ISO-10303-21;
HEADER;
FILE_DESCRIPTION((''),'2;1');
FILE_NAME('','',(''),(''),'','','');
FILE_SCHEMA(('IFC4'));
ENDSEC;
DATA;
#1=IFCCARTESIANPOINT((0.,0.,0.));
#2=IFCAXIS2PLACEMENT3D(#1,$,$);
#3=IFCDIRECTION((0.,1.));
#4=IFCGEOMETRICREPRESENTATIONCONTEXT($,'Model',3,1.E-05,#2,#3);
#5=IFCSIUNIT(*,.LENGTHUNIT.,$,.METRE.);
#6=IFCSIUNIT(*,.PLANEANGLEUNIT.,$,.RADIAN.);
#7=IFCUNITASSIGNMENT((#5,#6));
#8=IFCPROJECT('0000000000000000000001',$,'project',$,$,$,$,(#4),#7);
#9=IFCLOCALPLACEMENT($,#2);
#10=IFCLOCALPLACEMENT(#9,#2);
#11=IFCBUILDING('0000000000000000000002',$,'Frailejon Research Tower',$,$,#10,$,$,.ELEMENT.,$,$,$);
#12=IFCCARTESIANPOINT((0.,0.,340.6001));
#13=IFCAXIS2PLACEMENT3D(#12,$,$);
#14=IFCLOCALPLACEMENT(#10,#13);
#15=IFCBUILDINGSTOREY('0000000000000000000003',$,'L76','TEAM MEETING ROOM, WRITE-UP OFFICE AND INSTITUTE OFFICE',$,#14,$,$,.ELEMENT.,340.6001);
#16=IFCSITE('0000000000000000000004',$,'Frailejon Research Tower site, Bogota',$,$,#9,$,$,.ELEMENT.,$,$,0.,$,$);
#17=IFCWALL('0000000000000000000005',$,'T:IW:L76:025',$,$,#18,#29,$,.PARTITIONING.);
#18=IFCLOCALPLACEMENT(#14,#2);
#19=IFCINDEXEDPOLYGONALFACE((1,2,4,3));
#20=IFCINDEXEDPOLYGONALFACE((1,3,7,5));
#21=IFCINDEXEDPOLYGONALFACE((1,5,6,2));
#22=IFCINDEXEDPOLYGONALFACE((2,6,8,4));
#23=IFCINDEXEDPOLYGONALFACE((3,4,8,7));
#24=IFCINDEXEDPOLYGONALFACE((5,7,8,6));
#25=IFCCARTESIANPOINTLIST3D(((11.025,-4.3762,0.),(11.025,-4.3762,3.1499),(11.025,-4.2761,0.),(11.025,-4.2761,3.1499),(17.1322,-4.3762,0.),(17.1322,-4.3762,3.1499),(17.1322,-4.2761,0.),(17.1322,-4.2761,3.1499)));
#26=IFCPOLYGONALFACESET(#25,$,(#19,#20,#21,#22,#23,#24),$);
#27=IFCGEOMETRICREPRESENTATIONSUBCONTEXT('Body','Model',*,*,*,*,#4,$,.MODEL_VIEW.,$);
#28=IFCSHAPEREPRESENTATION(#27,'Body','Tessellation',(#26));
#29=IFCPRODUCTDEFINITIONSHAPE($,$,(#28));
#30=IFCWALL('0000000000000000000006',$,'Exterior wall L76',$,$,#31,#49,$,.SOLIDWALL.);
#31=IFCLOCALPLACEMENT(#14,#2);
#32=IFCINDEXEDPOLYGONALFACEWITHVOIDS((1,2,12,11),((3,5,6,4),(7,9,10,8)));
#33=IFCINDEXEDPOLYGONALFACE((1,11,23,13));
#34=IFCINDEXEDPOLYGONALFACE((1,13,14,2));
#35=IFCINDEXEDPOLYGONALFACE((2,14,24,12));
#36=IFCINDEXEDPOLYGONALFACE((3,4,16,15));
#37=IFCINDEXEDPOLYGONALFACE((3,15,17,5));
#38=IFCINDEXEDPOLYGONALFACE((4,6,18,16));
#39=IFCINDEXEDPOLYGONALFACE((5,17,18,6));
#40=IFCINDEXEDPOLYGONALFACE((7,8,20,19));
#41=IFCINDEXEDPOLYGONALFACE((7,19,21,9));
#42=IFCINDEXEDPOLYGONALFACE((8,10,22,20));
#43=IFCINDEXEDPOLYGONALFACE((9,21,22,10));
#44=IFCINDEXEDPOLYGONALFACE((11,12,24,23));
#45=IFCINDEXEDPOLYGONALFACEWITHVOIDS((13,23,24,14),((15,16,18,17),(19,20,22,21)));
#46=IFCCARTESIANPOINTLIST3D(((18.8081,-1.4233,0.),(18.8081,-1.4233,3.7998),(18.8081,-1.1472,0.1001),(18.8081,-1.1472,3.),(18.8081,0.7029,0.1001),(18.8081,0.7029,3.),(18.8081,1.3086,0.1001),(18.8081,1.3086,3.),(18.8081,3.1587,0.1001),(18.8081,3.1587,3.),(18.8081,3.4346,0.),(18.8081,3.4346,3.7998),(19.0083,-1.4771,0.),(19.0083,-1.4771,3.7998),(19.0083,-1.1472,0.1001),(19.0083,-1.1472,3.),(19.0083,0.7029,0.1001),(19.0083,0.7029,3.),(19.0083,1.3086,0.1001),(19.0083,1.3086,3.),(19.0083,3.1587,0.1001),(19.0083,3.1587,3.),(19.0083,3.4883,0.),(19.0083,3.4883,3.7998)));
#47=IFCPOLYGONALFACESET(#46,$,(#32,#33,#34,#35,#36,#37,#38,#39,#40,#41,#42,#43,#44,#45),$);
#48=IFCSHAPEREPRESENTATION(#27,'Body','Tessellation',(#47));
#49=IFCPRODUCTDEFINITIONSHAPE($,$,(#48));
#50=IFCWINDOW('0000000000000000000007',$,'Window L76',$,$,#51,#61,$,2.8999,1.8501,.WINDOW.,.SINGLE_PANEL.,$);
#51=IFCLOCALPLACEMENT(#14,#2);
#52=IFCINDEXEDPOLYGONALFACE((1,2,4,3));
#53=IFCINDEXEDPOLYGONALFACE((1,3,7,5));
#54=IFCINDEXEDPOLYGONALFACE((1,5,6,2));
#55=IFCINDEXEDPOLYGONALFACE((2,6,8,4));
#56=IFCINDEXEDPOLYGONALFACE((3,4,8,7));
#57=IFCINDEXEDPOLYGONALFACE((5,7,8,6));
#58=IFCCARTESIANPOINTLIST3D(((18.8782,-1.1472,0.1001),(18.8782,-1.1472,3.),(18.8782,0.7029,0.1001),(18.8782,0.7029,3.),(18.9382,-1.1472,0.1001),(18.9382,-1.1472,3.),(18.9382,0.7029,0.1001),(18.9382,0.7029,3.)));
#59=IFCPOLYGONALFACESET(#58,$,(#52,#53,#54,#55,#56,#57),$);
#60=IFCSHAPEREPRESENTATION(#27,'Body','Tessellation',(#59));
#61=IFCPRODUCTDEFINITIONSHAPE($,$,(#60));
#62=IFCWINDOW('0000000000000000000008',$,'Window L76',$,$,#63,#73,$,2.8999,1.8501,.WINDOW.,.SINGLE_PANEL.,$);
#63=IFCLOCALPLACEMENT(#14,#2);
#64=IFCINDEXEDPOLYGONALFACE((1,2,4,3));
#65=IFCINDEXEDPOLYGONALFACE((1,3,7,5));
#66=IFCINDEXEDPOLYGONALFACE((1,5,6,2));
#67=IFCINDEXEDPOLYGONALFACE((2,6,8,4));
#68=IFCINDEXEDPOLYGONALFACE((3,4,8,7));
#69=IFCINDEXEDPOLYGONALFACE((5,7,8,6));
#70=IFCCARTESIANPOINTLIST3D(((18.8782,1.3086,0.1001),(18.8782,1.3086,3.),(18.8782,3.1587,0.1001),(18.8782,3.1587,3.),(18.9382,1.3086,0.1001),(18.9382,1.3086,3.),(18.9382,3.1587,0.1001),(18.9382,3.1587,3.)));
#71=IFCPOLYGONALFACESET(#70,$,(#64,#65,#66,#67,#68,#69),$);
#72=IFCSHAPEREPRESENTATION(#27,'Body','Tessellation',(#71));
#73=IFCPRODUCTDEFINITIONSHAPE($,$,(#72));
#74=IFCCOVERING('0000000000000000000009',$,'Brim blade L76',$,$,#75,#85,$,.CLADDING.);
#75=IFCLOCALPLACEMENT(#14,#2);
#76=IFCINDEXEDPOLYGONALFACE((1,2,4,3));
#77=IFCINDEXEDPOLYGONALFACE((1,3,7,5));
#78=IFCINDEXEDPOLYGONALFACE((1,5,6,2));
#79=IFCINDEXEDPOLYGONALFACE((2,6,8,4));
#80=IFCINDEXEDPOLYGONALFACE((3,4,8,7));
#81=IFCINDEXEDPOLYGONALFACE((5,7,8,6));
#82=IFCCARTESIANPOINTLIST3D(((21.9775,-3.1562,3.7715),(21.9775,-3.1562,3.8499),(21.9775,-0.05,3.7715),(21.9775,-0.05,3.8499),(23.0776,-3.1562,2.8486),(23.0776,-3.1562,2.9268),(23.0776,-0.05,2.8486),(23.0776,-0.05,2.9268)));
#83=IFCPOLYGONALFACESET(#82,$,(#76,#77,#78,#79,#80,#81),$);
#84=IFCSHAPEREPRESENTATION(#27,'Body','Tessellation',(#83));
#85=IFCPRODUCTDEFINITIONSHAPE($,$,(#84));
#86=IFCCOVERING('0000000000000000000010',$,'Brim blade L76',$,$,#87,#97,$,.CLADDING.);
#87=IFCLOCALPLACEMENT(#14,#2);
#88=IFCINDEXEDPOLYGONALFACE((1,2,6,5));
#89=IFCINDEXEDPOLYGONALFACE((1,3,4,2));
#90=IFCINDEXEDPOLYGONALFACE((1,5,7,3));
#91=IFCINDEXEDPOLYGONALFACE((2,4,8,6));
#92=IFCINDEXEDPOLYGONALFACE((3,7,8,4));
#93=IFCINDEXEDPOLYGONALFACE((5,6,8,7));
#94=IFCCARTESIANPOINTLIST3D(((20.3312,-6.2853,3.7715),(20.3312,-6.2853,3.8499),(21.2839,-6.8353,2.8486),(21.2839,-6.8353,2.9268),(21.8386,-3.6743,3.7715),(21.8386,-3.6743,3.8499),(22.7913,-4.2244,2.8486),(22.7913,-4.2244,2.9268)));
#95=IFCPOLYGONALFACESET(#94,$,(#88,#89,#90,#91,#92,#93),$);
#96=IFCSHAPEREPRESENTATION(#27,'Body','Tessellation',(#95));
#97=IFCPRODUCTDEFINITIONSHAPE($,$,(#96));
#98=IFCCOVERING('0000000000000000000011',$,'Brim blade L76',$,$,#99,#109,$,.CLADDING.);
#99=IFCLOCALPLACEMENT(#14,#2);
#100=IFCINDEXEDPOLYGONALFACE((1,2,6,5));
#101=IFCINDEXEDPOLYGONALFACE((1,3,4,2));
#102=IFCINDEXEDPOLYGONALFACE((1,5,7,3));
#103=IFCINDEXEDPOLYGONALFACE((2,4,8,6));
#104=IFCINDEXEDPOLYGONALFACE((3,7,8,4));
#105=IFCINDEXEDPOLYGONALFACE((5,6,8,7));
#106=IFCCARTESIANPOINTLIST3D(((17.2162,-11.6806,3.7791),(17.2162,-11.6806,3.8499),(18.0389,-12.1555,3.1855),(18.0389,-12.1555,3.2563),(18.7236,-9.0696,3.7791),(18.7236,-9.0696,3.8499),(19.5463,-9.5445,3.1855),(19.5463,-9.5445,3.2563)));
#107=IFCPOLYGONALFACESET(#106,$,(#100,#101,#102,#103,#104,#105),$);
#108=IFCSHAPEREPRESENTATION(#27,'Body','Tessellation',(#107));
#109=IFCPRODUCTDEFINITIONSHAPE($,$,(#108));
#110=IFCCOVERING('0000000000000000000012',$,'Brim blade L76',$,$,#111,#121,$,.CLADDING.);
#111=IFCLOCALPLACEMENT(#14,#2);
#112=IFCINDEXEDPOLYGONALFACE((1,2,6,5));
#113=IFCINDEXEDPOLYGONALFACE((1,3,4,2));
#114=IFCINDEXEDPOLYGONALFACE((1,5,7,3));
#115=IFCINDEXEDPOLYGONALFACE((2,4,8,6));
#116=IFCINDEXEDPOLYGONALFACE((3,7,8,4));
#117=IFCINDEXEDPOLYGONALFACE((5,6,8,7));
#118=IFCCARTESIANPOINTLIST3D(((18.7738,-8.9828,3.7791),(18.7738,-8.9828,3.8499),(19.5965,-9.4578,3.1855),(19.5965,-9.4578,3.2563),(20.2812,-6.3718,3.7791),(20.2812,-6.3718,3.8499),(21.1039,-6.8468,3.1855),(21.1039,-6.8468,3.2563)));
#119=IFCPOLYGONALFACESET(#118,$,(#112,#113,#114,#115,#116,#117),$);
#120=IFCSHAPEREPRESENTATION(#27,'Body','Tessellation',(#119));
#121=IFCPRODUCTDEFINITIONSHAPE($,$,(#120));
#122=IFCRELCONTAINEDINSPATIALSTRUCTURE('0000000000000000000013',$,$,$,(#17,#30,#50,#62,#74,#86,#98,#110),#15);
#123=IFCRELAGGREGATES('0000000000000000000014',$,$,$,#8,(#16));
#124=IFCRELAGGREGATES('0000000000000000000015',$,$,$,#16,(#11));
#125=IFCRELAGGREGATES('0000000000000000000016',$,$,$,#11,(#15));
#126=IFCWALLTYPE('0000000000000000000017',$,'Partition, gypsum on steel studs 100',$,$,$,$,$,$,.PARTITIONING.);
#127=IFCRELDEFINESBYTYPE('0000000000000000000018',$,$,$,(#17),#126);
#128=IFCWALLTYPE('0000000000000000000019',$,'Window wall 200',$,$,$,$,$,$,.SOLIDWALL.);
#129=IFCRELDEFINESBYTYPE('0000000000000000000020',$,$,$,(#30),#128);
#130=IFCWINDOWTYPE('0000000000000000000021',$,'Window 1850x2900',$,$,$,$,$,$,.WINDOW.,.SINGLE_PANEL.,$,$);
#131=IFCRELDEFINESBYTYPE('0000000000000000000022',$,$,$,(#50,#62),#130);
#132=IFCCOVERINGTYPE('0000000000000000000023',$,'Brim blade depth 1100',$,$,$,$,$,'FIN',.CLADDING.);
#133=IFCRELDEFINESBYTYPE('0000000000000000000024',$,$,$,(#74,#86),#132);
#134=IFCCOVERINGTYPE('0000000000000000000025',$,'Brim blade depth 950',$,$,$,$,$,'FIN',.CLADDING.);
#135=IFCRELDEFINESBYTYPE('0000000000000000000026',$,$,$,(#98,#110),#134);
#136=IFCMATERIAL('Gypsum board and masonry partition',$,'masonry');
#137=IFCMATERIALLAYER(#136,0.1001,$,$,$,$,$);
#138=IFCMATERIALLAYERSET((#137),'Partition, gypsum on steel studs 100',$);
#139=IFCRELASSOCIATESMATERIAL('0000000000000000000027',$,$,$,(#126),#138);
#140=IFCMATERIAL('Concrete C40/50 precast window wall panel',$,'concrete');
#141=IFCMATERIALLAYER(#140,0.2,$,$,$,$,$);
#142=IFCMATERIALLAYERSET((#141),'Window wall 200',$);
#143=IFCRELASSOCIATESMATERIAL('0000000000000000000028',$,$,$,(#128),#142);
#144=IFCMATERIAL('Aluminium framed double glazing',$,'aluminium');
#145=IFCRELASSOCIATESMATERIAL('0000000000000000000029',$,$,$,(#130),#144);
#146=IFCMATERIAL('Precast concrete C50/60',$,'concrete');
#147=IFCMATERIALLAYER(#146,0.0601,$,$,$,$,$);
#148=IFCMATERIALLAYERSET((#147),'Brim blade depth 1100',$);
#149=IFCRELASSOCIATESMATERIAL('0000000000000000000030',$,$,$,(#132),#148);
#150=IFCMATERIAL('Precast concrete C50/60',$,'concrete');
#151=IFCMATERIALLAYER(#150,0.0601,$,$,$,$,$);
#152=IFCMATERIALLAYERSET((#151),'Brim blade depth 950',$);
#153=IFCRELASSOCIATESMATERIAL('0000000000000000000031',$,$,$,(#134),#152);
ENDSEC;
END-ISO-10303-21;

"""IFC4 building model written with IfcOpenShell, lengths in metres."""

from ifc_helpers import new_model, si_unit, direction, frame, frame_2d, origin, place, context, subcontext, project, spatial, polyline, rectangle, outline, extrude, material, layer, layer_set, type_object, element, fill, save


model = new_model("IFC4")

# Units and contexts
model_context = context("Model", 3, precision=1e-05, world=origin(), true_north=direction((0.0, 1.0)))
body_context = subcontext(model_context, "Body", "Model", "MODEL_VIEW")
ifc_project = project(units=[si_unit("LENGTHUNIT", "METRE"), si_unit("PLANEANGLEUNIT", "RADIAN")], contexts=[model_context])

# Site, building, storey
site_placement = place(None, origin())
site = spatial("IfcSite", under=ifc_project, at=site_placement, Name="Frailejon Research Tower site, Bogota", CompositionType="ELEMENT", RefElevation=0.0)
building_placement = place(site_placement, origin())
building = spatial("IfcBuilding", under=site, at=building_placement, Name="Frailejon Research Tower", CompositionType="ELEMENT")
storey_placement = place(building_placement, frame((0.0, 0.0, 340.6001)))
storey = spatial("IfcBuildingStorey", under=building, at=storey_placement, Name="L76", Description="TEAM MEETING ROOM, WRITE-UP OFFICE AND INSTITUTE OFFICE", CompositionType="ELEMENT", Elevation=340.6001)

# Wall
ifc_material_1 = material(Name="Gypsum board and masonry partition", Category="masonry")
ifc_layer_1 = layer(ifc_material_1, 0.1001)
ifc_layer_set_1 = layer_set([ifc_layer_1], Name="Partition, gypsum on steel studs 100")
wall_type_1 = type_object("IfcWallType", Name="Partition, gypsum on steel studs 100", PredefinedType="PARTITIONING", material=ifc_layer_set_1)
wall_1_placement = place(storey_placement, frame((11.0249, -4.3262, 0.0), z_axis=(0.0, 0.0, 1.0), x_axis=(1.0, 0.0, 0.0)))
element("IfcWall", 1, at=wall_1_placement, inside=storey, type_object=wall_type_1, Name="T:IW:L76:025", PredefinedType="PARTITIONING", context=body_context, shape_type="SweptSolid", body=[
    extrude(rectangle(XDim=6.1072, YDim=0.1001, at=frame_2d((3.0537, 0.0))), origin(), (0.0, 0.0, 1.0), 3.1499),
])

# Wall, openings, windows
ifc_material_2 = material(Name="Concrete C40/50 precast window wall panel", Category="concrete")
ifc_layer_2 = layer(ifc_material_2, 0.2)
ifc_layer_set_2 = layer_set([ifc_layer_2], Name="Window wall 200")
wall_type_2 = type_object("IfcWallType", Name="Window wall 200", PredefinedType="SOLIDWALL", material=ifc_layer_set_2)
wall_2_placement = place(storey_placement, frame((18.9082, -1.4502, 0.0), z_axis=(0.0, 0.0, 1.0), x_axis=(0.0, 1.0, 0.0)))
wall_2 = element("IfcWall", 2, at=wall_2_placement, inside=storey, type_object=wall_type_2, Name="Exterior wall L76", PredefinedType="SOLIDWALL", context=body_context, shape_type="SweptSolid", body=[
    extrude(outline(polyline([(-0.0269, -0.1001), (1.2144, -0.1001), (2.4558, -0.1001), (3.6973, -0.1001), (4.9385, -0.1001), (4.8848, 0.1001), (3.6704, 0.1001), (2.4558, 0.1001), (1.2412, 0.1001), (0.0269, 0.1001), (-0.0269, -0.1001)])), origin(), (0.0, 0.0, 1.0), 3.7998),
])
opening_1_placement = place(wall_2_placement, frame((0.303, 0.0, 0.1001)))
opening_1 = element("IfcOpeningElement", 3, at=opening_1_placement, cuts=wall_2, PredefinedType="OPENING", context=body_context, shape_type="SweptSolid", body=[
    extrude(rectangle(XDim=1.8501, YDim=2.8999, at=frame_2d((0.925, 1.45))), frame((0.0, 0.1099, 0.0), z_axis=(0.0, -1.0, 0.0), x_axis=(1.0, 0.0, 0.0)), (0.0, 0.0, 1.0), 0.22),
])
opening_2_placement = place(wall_2_placement, frame((2.7588, 0.0, 0.1001)))
opening_2 = element("IfcOpeningElement", 4, at=opening_2_placement, cuts=wall_2, PredefinedType="OPENING", context=body_context, shape_type="SweptSolid", body=[
    extrude(rectangle(XDim=1.8501, YDim=2.8999, at=frame_2d((0.925, 1.45))), frame((0.0, 0.1099, 0.0), z_axis=(0.0, -1.0, 0.0), x_axis=(1.0, 0.0, 0.0)), (0.0, 0.0, 1.0), 0.22),
])
ifc_material_3 = material(Name="Aluminium framed double glazing", Category="aluminium")
window_type = type_object("IfcWindowType", Name="Window 1850x2900", PartitioningType="SINGLE_PANEL", PredefinedType="WINDOW", material=ifc_material_3)
window_1_placement = place(opening_1_placement, origin())
window_1 = element("IfcWindow", 5, at=window_1_placement, inside=storey, type_object=window_type, Name="Window L76", OverallHeight=2.8999, OverallWidth=1.8501, PartitioningType="SINGLE_PANEL", PredefinedType="WINDOW", context=body_context, shape_type="SweptSolid", body=[
    extrude(rectangle(XDim=1.8501, YDim=2.8999, at=frame_2d((0.925, 1.45))), frame((0.0, 0.03, 0.0), z_axis=(0.0, -1.0, 0.0), x_axis=(1.0, 0.0, 0.0)), (0.0, 0.0, 1.0), 0.0601),
])
fill(opening_1, window_1)
window_2_placement = place(opening_2_placement, origin())
window_2 = element("IfcWindow", 6, at=window_2_placement, inside=storey, type_object=window_type, Name="Window L76", OverallHeight=2.8999, OverallWidth=1.8501, PartitioningType="SINGLE_PANEL", PredefinedType="WINDOW", context=body_context, shape_type="SweptSolid", body=[
    extrude(rectangle(XDim=1.8501, YDim=2.8999, at=frame_2d((0.925, 1.45))), frame((0.0, 0.03, 0.0), z_axis=(0.0, -1.0, 0.0), x_axis=(1.0, 0.0, 0.0)), (0.0, 0.0, 1.0), 0.0601),
])
fill(opening_2, window_2)

# Coverings
ifc_material_4 = material(Name="Precast concrete C50/60", Category="concrete")
ifc_layer_3 = layer(ifc_material_4, 0.0601)
ifc_layer_set_3 = layer_set([ifc_layer_3], Name="Brim blade depth 1100")
covering_type_1 = type_object("IfcCoveringType", Name="Brim blade depth 1100", ElementType="FIN", PredefinedType="CLADDING", material=ifc_layer_set_3)
covering_1_placement = place(storey_placement, frame((21.9775, -0.05, 3.8499), z_axis=(0.0, -1.0, 0.0), x_axis=(1.0, 0.0, 0.0)))
element("IfcCovering", 7, at=covering_1_placement, inside=storey, type_object=covering_type_1, Name="Brim blade L76", PredefinedType="CLADDING", context=body_context, shape_type="SweptSolid", body=[
    extrude(outline(polyline([(0.0, -0.0784), (1.1001, -1.0012), (1.1001, -0.9231), (0.0, 0.0), (0.0, -0.0784)])), origin(), (0.0, 0.0, 1.0), 3.1062),
])
covering_2_placement = place(storey_placement, frame((21.8386, -3.6743, 3.8499), z_axis=(-0.499999, -0.866026, 0.0), x_axis=(0.866026, -0.499999, 0.0)))
element("IfcCovering", 8, at=covering_2_placement, inside=storey, type_object=covering_type_1, Name="Brim blade L76", PredefinedType="CLADDING", context=body_context, shape_type="SweptSolid", body=[
    extrude(outline(polyline([(0.0, -0.0784), (1.1001, -1.0012), (1.1001, -0.9231), (0.0, 0.0), (0.0, -0.0784)])), origin(), (0.0, 0.0, 1.0), 3.0149),
])
ifc_material_5 = material(Name="Precast concrete C50/60", Category="concrete")
ifc_layer_4 = layer(ifc_material_5, 0.0601)
ifc_layer_set_4 = layer_set([ifc_layer_4], Name="Brim blade depth 950")
covering_type_2 = type_object("IfcCoveringType", Name="Brim blade depth 950", ElementType="FIN", PredefinedType="CLADDING", material=ifc_layer_set_4)
for number, where, z_axis, x_axis, name in (
    (9, (18.7236, -9.0696, 3.8499), (-0.499986, -0.866034, 0.0), (0.866034, -0.499986, 0.0), "Brim blade L76"),
    (10, (20.2812, -6.3718, 3.8499), (-0.50001, -0.86602, 0.0), (0.86602, -0.50001, 0.0), "Brim blade L76"),
):
    element("IfcCovering", number, at=place(storey_placement, frame(where, z_axis=z_axis, x_axis=x_axis)), inside=storey, type_object=covering_type_2, Name=name, PredefinedType="CLADDING", context=body_context, shape_type="SweptSolid", body=[
        extrude(outline(polyline([(0.0, -0.0708), (0.95, -0.6643), (0.95, -0.5935), (0.0, 0.0), (0.0, -0.0708)])), origin(), (0.0, 0.0, 1.0), 3.0149),
    ])

save(model, "model.ifc")
